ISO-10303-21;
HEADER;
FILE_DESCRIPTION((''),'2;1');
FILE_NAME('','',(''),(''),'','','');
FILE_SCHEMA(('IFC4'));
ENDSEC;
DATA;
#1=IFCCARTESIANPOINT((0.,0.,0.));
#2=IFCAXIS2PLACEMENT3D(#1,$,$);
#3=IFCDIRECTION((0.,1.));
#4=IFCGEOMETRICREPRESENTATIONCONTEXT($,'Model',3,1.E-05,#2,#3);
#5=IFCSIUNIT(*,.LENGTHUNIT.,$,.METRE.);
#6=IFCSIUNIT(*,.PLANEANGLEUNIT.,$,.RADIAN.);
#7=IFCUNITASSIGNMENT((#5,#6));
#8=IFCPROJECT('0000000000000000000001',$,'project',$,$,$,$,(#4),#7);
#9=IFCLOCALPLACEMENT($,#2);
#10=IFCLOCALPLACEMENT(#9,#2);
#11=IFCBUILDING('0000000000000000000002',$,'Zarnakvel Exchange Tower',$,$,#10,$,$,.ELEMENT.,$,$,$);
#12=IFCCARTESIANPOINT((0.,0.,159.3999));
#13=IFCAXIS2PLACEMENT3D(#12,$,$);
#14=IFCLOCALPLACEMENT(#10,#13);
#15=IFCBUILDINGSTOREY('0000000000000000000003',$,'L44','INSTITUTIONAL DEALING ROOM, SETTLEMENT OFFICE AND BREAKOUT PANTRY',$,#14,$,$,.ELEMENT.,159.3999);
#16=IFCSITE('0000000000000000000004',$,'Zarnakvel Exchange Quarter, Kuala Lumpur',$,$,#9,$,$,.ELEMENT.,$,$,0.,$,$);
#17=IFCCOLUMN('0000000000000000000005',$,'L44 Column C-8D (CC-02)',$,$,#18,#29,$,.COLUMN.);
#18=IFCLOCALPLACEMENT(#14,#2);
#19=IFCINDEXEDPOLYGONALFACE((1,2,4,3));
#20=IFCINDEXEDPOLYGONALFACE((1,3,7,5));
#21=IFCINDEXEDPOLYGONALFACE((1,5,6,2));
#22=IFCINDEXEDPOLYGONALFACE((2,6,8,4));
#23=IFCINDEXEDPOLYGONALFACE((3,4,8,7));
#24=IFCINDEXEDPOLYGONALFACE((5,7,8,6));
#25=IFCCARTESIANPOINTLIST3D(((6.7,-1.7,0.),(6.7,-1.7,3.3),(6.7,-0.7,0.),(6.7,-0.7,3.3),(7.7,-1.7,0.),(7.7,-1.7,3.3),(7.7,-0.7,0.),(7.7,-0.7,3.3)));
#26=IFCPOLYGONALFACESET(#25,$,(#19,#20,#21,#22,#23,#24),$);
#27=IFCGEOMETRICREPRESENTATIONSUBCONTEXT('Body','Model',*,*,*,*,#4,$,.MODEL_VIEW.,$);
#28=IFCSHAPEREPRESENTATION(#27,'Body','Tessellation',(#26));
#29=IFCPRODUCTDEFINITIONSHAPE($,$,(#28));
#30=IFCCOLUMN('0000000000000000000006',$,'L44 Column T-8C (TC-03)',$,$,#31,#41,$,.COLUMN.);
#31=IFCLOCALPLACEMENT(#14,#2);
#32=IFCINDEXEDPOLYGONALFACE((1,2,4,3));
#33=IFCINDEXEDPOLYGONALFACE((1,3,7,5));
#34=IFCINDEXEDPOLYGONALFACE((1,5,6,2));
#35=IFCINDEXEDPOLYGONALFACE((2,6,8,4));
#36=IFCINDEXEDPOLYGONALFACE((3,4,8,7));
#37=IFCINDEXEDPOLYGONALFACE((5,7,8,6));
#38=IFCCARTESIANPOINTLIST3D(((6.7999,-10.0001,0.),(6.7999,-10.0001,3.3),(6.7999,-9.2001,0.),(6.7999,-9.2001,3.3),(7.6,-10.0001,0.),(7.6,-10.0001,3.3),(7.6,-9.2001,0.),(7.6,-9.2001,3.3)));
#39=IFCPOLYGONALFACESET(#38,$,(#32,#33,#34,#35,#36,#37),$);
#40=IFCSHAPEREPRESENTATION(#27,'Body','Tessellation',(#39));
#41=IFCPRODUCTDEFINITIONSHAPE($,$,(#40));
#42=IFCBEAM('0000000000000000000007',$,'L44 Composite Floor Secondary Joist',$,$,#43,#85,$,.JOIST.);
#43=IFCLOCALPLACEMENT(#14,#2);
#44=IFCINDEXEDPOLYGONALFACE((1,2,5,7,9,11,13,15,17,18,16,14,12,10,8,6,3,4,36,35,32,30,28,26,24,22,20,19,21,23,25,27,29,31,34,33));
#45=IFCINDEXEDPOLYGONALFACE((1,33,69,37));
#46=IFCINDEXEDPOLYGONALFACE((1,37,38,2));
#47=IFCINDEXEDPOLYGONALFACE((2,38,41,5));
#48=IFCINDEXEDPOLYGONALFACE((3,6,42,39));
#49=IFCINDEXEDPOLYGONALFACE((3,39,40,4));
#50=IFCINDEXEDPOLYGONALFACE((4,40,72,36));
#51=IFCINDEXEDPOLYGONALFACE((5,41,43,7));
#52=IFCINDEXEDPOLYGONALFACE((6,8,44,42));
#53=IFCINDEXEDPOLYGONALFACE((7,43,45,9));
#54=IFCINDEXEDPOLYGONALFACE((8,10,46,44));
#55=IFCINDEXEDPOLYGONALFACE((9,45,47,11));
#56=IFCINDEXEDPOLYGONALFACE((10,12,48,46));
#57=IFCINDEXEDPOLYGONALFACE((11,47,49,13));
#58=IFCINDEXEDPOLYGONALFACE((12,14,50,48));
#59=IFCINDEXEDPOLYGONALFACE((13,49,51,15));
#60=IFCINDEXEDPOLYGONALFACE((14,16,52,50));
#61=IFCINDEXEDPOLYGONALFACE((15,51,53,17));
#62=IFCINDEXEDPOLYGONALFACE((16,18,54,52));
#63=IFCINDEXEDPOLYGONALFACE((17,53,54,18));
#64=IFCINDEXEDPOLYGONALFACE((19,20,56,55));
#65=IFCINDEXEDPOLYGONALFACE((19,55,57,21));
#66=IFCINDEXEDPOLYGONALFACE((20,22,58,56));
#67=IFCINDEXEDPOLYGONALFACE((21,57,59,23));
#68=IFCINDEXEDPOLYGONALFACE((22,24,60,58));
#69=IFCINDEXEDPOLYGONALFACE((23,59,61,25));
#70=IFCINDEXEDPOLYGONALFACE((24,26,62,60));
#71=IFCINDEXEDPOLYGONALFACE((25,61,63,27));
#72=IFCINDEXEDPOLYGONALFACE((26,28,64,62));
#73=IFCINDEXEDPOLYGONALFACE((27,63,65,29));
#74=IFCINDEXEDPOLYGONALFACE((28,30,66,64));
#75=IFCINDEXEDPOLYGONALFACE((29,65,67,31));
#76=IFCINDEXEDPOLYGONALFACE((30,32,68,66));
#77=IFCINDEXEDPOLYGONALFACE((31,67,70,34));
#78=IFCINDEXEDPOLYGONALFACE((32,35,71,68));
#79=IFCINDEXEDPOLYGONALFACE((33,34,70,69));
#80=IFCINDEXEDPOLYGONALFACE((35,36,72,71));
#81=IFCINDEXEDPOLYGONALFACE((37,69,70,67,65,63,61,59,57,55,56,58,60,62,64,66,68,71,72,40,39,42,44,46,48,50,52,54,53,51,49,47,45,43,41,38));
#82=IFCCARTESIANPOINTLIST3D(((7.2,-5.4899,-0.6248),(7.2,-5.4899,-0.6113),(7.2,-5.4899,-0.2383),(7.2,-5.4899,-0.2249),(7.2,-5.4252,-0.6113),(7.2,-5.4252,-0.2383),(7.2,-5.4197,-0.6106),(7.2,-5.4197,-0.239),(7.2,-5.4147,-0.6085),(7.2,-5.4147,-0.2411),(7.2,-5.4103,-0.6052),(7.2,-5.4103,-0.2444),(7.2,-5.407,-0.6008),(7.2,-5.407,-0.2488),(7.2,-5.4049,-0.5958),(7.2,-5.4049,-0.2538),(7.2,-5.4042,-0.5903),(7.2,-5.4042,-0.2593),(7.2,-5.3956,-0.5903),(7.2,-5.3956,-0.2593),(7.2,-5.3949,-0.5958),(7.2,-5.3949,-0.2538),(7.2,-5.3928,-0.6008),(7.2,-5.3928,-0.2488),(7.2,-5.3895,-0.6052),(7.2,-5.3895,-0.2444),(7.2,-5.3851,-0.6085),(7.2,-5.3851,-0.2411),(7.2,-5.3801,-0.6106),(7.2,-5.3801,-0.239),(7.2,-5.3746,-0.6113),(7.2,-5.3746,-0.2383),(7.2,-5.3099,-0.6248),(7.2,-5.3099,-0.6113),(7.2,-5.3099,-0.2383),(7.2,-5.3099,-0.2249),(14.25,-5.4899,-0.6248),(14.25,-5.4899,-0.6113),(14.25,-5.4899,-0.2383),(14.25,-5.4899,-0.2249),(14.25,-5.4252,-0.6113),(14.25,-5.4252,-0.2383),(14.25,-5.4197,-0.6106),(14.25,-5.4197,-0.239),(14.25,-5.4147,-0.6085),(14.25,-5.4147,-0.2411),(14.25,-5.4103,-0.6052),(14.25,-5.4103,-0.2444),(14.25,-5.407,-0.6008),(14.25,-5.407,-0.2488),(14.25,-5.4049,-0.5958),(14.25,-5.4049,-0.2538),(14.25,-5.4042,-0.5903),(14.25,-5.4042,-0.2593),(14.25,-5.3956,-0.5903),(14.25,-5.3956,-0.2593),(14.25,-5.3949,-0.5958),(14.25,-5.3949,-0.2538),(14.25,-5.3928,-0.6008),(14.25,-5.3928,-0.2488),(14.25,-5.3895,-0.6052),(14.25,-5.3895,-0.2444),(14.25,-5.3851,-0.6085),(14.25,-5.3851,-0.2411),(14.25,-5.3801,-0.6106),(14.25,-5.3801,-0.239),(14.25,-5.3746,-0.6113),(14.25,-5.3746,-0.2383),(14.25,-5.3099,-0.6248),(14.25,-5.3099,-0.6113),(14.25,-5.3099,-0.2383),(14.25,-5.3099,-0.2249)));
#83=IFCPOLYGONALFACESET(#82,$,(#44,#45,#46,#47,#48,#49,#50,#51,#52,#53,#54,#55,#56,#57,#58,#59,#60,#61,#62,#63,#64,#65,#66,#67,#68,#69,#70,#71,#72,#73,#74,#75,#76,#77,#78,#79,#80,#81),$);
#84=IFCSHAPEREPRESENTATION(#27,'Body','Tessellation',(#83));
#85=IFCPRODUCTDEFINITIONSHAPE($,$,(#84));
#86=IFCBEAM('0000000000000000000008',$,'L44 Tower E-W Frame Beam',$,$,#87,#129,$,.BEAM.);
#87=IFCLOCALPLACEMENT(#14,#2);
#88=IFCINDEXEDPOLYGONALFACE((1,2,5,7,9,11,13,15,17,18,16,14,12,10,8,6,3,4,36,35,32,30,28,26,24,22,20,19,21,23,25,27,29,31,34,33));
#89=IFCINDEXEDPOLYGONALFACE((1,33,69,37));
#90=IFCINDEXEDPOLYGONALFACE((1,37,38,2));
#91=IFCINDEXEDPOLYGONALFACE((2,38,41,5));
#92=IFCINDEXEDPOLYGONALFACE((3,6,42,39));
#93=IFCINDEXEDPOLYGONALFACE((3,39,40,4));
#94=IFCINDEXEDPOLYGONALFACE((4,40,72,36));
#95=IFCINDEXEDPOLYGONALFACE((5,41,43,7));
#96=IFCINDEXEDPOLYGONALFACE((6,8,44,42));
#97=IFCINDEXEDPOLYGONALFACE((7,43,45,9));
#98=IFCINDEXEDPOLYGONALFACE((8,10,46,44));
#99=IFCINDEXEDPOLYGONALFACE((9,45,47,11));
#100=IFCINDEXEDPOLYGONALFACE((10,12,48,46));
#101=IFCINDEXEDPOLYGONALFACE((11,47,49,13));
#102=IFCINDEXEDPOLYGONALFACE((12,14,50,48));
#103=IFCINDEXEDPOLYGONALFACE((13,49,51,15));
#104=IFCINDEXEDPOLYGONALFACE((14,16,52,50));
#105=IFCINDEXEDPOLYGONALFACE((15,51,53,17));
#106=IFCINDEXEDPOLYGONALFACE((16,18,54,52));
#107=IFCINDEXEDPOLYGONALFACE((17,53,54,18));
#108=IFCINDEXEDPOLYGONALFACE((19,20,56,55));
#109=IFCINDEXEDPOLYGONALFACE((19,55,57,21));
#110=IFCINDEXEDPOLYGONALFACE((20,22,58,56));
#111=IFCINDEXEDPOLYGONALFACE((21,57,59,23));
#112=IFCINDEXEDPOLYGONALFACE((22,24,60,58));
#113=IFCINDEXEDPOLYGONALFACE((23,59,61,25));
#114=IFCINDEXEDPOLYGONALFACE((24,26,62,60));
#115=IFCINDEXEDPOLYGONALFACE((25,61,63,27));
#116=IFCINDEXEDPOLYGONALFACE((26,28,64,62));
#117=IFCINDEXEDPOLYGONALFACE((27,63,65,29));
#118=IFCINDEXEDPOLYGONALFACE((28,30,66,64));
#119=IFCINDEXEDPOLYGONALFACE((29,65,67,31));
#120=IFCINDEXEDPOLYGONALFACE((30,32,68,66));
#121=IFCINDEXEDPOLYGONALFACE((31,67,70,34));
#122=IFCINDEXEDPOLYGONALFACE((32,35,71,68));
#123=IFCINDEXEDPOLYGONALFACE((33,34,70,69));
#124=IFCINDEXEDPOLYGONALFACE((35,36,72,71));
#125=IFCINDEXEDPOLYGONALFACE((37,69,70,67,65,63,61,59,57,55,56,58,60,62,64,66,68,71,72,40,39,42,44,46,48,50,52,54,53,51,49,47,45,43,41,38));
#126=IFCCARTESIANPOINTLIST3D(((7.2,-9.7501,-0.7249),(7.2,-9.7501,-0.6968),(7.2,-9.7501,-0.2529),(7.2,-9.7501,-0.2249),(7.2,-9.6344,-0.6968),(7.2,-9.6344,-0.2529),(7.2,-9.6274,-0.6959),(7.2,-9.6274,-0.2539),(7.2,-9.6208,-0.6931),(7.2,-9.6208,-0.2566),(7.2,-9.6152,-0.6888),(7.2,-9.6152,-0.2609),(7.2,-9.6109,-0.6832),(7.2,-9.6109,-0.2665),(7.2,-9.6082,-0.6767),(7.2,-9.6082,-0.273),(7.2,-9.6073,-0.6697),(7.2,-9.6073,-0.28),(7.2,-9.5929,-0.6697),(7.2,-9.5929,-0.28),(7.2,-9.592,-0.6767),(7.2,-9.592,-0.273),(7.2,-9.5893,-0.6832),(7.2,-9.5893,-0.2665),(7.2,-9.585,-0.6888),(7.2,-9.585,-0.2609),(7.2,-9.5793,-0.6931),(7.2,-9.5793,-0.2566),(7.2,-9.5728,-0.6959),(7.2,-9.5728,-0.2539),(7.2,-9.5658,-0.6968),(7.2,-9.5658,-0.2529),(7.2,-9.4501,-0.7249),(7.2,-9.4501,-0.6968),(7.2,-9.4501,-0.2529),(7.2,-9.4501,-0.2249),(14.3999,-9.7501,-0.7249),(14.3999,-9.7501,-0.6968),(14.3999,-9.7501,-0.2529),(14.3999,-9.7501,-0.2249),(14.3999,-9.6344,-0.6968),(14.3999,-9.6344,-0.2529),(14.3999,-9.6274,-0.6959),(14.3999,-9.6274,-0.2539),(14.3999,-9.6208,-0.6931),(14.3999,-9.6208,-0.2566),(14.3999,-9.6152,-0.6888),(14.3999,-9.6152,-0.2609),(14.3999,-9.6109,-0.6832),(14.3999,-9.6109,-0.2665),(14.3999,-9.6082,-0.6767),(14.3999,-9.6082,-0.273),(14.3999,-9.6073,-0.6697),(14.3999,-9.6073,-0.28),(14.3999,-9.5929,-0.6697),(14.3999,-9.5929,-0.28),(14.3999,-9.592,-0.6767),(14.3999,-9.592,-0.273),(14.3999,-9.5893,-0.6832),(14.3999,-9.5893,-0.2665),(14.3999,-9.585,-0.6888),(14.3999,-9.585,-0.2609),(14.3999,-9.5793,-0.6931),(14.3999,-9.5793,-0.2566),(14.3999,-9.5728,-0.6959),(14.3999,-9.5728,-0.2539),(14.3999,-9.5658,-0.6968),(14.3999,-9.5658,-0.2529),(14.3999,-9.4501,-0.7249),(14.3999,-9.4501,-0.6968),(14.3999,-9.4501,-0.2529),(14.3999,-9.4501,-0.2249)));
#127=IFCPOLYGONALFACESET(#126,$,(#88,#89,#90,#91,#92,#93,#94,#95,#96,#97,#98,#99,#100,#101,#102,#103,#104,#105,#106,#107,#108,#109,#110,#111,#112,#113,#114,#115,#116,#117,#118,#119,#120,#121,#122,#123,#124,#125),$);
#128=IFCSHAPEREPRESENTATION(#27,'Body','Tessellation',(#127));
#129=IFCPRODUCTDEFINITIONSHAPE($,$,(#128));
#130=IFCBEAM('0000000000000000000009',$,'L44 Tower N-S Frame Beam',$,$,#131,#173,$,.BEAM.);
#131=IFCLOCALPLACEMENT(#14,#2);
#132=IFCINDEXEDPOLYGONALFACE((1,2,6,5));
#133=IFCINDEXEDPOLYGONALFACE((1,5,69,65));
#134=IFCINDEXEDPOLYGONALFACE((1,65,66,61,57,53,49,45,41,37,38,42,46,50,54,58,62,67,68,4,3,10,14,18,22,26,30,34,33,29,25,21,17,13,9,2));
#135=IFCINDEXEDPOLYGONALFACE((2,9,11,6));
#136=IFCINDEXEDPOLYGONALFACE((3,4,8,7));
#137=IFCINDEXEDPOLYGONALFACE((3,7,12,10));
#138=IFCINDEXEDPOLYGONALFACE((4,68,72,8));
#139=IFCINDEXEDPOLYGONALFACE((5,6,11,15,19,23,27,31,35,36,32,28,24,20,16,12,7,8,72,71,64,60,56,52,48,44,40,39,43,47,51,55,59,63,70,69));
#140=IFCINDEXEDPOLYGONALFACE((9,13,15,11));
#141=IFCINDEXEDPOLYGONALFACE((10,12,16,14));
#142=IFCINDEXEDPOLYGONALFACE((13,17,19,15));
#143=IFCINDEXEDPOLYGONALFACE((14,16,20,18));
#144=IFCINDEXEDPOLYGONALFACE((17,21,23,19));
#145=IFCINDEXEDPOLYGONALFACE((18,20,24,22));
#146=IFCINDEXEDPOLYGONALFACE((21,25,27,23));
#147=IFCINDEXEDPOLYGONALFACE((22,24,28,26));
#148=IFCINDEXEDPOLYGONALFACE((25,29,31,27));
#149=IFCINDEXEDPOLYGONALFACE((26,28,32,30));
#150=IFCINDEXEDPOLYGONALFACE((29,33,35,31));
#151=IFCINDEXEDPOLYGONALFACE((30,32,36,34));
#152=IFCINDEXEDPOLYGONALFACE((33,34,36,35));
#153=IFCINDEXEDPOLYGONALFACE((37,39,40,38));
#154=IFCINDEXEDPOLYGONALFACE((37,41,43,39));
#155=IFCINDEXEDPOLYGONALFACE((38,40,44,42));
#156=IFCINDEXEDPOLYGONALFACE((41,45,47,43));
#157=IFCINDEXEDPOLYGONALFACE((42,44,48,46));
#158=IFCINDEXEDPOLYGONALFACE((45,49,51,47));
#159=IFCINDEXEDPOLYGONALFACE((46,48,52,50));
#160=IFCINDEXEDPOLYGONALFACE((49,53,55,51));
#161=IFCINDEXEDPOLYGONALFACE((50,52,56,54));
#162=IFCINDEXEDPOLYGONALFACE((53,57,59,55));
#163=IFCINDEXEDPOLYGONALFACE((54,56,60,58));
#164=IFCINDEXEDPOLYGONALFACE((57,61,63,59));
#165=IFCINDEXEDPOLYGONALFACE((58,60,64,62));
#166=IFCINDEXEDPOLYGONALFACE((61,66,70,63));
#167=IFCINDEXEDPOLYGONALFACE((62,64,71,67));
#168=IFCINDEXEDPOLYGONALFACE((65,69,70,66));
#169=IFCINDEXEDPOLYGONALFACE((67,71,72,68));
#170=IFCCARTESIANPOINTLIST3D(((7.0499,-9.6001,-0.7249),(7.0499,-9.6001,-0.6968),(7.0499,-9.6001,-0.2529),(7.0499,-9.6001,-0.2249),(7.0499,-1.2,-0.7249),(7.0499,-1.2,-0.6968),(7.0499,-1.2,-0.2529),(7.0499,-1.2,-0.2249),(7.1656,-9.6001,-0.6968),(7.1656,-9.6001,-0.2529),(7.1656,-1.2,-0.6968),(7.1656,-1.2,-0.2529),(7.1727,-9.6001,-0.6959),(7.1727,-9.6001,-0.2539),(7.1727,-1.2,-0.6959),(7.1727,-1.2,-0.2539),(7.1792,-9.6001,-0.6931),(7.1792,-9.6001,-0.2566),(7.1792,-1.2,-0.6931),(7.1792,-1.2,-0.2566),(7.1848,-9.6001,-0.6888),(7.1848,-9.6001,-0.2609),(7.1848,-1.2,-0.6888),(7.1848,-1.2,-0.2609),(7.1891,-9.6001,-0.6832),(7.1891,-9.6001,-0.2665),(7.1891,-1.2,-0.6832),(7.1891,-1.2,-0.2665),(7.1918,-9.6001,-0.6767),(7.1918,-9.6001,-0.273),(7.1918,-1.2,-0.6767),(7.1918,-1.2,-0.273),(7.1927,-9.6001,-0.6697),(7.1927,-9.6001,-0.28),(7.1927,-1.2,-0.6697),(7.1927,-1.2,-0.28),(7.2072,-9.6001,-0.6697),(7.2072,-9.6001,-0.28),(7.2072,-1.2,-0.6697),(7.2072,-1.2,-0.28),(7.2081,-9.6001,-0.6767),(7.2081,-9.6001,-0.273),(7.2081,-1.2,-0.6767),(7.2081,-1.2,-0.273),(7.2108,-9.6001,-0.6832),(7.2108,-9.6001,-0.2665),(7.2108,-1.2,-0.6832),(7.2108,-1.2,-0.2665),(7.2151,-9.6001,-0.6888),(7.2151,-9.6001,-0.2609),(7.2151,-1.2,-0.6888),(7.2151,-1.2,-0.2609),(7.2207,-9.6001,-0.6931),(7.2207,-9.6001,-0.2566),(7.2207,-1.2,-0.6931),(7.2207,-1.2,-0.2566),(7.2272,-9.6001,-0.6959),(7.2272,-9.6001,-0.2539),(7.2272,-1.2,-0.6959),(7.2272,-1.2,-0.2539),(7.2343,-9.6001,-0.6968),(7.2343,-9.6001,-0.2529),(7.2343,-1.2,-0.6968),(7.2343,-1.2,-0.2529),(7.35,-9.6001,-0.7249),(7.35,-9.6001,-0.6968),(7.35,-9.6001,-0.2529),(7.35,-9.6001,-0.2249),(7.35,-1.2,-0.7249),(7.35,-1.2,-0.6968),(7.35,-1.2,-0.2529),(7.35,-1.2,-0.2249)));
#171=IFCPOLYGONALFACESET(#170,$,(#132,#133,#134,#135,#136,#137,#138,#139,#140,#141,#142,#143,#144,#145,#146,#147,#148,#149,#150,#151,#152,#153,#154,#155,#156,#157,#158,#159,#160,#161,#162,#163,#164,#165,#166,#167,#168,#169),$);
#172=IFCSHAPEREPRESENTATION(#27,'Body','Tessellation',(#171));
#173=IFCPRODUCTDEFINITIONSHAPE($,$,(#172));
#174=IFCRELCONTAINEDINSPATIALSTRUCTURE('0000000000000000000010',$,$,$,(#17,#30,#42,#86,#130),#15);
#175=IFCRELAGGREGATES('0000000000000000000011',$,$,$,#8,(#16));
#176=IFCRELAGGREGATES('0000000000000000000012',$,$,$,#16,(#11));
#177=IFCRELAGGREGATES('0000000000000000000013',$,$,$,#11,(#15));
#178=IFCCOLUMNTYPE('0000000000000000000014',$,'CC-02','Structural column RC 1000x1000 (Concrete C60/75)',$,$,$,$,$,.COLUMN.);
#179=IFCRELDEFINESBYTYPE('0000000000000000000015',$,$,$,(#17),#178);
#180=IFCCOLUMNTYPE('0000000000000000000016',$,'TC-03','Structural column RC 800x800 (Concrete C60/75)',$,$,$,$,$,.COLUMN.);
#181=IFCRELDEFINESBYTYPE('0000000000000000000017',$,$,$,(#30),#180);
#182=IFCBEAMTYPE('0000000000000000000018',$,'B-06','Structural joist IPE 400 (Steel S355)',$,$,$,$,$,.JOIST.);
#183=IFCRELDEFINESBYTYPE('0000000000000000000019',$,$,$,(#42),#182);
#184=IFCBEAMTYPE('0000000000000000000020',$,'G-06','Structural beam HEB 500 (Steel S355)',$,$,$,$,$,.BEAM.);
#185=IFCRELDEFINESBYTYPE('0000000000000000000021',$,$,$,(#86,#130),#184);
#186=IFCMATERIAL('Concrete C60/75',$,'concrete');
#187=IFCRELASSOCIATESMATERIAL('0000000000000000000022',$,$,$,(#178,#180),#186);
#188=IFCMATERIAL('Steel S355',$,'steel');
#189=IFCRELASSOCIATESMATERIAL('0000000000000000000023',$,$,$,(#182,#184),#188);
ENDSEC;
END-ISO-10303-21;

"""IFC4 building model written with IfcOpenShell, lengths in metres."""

from ifc_helpers import new_model, si_unit, direction, frame, origin, origin_2d, place, context, subcontext, project, spatial, rectangle, i_section, extrude, material, material_profile, profile_set, type_object, element, save


model = new_model("IFC4")

# Units and contexts
model_context = context("Model", 3, precision=1e-05, world=origin(), true_north=direction((0.0, 1.0)))
body_context = subcontext(model_context, "Body", "Model", "MODEL_VIEW")
ifc_project = project(units=[si_unit("LENGTHUNIT", "METRE"), si_unit("PLANEANGLEUNIT", "RADIAN")], contexts=[model_context])

# Site, building, storey
site_placement = place(None, origin())
site = spatial("IfcSite", under=ifc_project, at=site_placement, Name="Zarnakvel Exchange Quarter, Kuala Lumpur", CompositionType="ELEMENT", RefElevation=0.0)
building_placement = place(site_placement, origin())
building = spatial("IfcBuilding", under=site, at=building_placement, Name="Zarnakvel Exchange Tower", CompositionType="ELEMENT")
storey_placement = place(building_placement, frame((0.0, 0.0, 159.3999)))
storey = spatial("IfcBuildingStorey", under=building, at=storey_placement, Name="L44", Description="INSTITUTIONAL DEALING ROOM, SETTLEMENT OFFICE AND BREAKOUT PANTRY", CompositionType="ELEMENT", Elevation=159.3999)

# Columns
ifc_material_1 = material(Name="Concrete C60/75", Category="concrete")
ifc_material_profile_1 = material_profile(ifc_material_1, rectangle(XDim=1.0, YDim=1.0, at=origin_2d()))
ifc_profile_set_1 = profile_set([ifc_material_profile_1], Name="Concrete C60/75")
column_type_1 = type_object("IfcColumnType", Name="CC-02", Description="Structural column RC 1000x1000 (Concrete C60/75)", PredefinedType="COLUMN", material=ifc_profile_set_1)
column_1_placement = place(storey_placement, frame((7.2, -1.2, 0.0), z_axis=(0.0, 0.0, 1.0), x_axis=(1.0, 0.0, 0.0)))
element("IfcColumn", 1, at=column_1_placement, inside=storey, type_object=column_type_1, Name="L44 Column C-8D (CC-02)", PredefinedType="COLUMN", context=body_context, shape_type="SweptSolid", body=[
    extrude(rectangle(XDim=1.0, YDim=1.0, at=origin_2d()), origin(), (0.0, 0.0, 1.0), 3.3),
])
ifc_material_profile_2 = material_profile(ifc_material_1, rectangle(XDim=0.8, YDim=0.8, at=origin_2d()))
ifc_profile_set_2 = profile_set([ifc_material_profile_2], Name="Concrete C60/75")
column_type_2 = type_object("IfcColumnType", Name="TC-03", Description="Structural column RC 800x800 (Concrete C60/75)", PredefinedType="COLUMN", material=ifc_profile_set_2)
column_2_placement = place(storey_placement, frame((7.2, -9.6001, 0.0), z_axis=(0.0, 0.0, 1.0), x_axis=(1.0, 0.0, 0.0)))
element("IfcColumn", 2, at=column_2_placement, inside=storey, type_object=column_type_2, Name="L44 Column T-8C (TC-03)", PredefinedType="COLUMN", context=body_context, shape_type="SweptSolid", body=[
    extrude(rectangle(XDim=0.8, YDim=0.8, at=origin_2d()), origin(), (0.0, 0.0, 1.0), 3.3),
])

# Beams
ifc_material_2 = material(Name="Steel S355", Category="steel")
ifc_material_profile_3 = material_profile(ifc_material_2, i_section(OverallWidth=0.1799, OverallDepth=0.3999, WebThickness=0.0085, FlangeThickness=0.0134, FilletRadius=0.021, at=origin_2d()))
ifc_profile_set_3 = profile_set([ifc_material_profile_3], Name="Steel S355")
beam_type_1 = type_object("IfcBeamType", Name="B-06", Description="Structural joist IPE 400 (Steel S355)", PredefinedType="JOIST", material=ifc_profile_set_3)
beam_1_placement = place(storey_placement, frame((7.2, -5.3999, -0.4248), z_axis=(1.0, 0.0, 0.0), x_axis=(0.0, 1.0, 0.0)))
element("IfcBeam", 3, at=beam_1_placement, inside=storey, type_object=beam_type_1, Name="L44 Composite Floor Secondary Joist", PredefinedType="JOIST", context=body_context, shape_type="SweptSolid", body=[
    extrude(i_section(OverallWidth=0.1799, OverallDepth=0.3999, WebThickness=0.0085, FlangeThickness=0.0134, FilletRadius=0.021, at=origin_2d()), origin(), (0.0, 0.0, 1.0), 7.05),
])
ifc_material_profile_4 = material_profile(ifc_material_2, i_section(OverallWidth=0.3, OverallDepth=0.5, WebThickness=0.0144, FlangeThickness=0.0281, FilletRadius=0.0271, at=origin_2d()))
ifc_profile_set_4 = profile_set([ifc_material_profile_4], Name="Steel S355")
beam_type_2 = type_object("IfcBeamType", Name="G-06", Description="Structural beam HEB 500 (Steel S355)", PredefinedType="BEAM", material=ifc_profile_set_4)
beam_2_placement = place(storey_placement, frame((7.2, -9.6001, -0.4749), z_axis=(1.0, 0.0, 0.0), x_axis=(0.0, 1.0, 0.0)))
element("IfcBeam", 4, at=beam_2_placement, inside=storey, type_object=beam_type_2, Name="L44 Tower E-W Frame Beam", PredefinedType="BEAM", context=body_context, shape_type="SweptSolid", body=[
    extrude(i_section(OverallWidth=0.3, OverallDepth=0.5, WebThickness=0.0144, FlangeThickness=0.0281, FilletRadius=0.0271, at=origin_2d()), origin(), (0.0, 0.0, 1.0), 7.2),
])
beam_3_placement = place(storey_placement, frame((7.2, -9.6001, -0.4749), z_axis=(0.0, 1.0, 0.0), x_axis=(-1.0, 0.0, 0.0)))
element("IfcBeam", 5, at=beam_3_placement, inside=storey, type_object=beam_type_2, Name="L44 Tower N-S Frame Beam", PredefinedType="BEAM", context=body_context, shape_type="SweptSolid", body=[
    extrude(i_section(OverallWidth=0.3, OverallDepth=0.5, WebThickness=0.0144, FlangeThickness=0.0281, FilletRadius=0.0271, at=origin_2d()), origin(), (0.0, 0.0, 1.0), 8.4001),
])

save(model, "model.ifc")
